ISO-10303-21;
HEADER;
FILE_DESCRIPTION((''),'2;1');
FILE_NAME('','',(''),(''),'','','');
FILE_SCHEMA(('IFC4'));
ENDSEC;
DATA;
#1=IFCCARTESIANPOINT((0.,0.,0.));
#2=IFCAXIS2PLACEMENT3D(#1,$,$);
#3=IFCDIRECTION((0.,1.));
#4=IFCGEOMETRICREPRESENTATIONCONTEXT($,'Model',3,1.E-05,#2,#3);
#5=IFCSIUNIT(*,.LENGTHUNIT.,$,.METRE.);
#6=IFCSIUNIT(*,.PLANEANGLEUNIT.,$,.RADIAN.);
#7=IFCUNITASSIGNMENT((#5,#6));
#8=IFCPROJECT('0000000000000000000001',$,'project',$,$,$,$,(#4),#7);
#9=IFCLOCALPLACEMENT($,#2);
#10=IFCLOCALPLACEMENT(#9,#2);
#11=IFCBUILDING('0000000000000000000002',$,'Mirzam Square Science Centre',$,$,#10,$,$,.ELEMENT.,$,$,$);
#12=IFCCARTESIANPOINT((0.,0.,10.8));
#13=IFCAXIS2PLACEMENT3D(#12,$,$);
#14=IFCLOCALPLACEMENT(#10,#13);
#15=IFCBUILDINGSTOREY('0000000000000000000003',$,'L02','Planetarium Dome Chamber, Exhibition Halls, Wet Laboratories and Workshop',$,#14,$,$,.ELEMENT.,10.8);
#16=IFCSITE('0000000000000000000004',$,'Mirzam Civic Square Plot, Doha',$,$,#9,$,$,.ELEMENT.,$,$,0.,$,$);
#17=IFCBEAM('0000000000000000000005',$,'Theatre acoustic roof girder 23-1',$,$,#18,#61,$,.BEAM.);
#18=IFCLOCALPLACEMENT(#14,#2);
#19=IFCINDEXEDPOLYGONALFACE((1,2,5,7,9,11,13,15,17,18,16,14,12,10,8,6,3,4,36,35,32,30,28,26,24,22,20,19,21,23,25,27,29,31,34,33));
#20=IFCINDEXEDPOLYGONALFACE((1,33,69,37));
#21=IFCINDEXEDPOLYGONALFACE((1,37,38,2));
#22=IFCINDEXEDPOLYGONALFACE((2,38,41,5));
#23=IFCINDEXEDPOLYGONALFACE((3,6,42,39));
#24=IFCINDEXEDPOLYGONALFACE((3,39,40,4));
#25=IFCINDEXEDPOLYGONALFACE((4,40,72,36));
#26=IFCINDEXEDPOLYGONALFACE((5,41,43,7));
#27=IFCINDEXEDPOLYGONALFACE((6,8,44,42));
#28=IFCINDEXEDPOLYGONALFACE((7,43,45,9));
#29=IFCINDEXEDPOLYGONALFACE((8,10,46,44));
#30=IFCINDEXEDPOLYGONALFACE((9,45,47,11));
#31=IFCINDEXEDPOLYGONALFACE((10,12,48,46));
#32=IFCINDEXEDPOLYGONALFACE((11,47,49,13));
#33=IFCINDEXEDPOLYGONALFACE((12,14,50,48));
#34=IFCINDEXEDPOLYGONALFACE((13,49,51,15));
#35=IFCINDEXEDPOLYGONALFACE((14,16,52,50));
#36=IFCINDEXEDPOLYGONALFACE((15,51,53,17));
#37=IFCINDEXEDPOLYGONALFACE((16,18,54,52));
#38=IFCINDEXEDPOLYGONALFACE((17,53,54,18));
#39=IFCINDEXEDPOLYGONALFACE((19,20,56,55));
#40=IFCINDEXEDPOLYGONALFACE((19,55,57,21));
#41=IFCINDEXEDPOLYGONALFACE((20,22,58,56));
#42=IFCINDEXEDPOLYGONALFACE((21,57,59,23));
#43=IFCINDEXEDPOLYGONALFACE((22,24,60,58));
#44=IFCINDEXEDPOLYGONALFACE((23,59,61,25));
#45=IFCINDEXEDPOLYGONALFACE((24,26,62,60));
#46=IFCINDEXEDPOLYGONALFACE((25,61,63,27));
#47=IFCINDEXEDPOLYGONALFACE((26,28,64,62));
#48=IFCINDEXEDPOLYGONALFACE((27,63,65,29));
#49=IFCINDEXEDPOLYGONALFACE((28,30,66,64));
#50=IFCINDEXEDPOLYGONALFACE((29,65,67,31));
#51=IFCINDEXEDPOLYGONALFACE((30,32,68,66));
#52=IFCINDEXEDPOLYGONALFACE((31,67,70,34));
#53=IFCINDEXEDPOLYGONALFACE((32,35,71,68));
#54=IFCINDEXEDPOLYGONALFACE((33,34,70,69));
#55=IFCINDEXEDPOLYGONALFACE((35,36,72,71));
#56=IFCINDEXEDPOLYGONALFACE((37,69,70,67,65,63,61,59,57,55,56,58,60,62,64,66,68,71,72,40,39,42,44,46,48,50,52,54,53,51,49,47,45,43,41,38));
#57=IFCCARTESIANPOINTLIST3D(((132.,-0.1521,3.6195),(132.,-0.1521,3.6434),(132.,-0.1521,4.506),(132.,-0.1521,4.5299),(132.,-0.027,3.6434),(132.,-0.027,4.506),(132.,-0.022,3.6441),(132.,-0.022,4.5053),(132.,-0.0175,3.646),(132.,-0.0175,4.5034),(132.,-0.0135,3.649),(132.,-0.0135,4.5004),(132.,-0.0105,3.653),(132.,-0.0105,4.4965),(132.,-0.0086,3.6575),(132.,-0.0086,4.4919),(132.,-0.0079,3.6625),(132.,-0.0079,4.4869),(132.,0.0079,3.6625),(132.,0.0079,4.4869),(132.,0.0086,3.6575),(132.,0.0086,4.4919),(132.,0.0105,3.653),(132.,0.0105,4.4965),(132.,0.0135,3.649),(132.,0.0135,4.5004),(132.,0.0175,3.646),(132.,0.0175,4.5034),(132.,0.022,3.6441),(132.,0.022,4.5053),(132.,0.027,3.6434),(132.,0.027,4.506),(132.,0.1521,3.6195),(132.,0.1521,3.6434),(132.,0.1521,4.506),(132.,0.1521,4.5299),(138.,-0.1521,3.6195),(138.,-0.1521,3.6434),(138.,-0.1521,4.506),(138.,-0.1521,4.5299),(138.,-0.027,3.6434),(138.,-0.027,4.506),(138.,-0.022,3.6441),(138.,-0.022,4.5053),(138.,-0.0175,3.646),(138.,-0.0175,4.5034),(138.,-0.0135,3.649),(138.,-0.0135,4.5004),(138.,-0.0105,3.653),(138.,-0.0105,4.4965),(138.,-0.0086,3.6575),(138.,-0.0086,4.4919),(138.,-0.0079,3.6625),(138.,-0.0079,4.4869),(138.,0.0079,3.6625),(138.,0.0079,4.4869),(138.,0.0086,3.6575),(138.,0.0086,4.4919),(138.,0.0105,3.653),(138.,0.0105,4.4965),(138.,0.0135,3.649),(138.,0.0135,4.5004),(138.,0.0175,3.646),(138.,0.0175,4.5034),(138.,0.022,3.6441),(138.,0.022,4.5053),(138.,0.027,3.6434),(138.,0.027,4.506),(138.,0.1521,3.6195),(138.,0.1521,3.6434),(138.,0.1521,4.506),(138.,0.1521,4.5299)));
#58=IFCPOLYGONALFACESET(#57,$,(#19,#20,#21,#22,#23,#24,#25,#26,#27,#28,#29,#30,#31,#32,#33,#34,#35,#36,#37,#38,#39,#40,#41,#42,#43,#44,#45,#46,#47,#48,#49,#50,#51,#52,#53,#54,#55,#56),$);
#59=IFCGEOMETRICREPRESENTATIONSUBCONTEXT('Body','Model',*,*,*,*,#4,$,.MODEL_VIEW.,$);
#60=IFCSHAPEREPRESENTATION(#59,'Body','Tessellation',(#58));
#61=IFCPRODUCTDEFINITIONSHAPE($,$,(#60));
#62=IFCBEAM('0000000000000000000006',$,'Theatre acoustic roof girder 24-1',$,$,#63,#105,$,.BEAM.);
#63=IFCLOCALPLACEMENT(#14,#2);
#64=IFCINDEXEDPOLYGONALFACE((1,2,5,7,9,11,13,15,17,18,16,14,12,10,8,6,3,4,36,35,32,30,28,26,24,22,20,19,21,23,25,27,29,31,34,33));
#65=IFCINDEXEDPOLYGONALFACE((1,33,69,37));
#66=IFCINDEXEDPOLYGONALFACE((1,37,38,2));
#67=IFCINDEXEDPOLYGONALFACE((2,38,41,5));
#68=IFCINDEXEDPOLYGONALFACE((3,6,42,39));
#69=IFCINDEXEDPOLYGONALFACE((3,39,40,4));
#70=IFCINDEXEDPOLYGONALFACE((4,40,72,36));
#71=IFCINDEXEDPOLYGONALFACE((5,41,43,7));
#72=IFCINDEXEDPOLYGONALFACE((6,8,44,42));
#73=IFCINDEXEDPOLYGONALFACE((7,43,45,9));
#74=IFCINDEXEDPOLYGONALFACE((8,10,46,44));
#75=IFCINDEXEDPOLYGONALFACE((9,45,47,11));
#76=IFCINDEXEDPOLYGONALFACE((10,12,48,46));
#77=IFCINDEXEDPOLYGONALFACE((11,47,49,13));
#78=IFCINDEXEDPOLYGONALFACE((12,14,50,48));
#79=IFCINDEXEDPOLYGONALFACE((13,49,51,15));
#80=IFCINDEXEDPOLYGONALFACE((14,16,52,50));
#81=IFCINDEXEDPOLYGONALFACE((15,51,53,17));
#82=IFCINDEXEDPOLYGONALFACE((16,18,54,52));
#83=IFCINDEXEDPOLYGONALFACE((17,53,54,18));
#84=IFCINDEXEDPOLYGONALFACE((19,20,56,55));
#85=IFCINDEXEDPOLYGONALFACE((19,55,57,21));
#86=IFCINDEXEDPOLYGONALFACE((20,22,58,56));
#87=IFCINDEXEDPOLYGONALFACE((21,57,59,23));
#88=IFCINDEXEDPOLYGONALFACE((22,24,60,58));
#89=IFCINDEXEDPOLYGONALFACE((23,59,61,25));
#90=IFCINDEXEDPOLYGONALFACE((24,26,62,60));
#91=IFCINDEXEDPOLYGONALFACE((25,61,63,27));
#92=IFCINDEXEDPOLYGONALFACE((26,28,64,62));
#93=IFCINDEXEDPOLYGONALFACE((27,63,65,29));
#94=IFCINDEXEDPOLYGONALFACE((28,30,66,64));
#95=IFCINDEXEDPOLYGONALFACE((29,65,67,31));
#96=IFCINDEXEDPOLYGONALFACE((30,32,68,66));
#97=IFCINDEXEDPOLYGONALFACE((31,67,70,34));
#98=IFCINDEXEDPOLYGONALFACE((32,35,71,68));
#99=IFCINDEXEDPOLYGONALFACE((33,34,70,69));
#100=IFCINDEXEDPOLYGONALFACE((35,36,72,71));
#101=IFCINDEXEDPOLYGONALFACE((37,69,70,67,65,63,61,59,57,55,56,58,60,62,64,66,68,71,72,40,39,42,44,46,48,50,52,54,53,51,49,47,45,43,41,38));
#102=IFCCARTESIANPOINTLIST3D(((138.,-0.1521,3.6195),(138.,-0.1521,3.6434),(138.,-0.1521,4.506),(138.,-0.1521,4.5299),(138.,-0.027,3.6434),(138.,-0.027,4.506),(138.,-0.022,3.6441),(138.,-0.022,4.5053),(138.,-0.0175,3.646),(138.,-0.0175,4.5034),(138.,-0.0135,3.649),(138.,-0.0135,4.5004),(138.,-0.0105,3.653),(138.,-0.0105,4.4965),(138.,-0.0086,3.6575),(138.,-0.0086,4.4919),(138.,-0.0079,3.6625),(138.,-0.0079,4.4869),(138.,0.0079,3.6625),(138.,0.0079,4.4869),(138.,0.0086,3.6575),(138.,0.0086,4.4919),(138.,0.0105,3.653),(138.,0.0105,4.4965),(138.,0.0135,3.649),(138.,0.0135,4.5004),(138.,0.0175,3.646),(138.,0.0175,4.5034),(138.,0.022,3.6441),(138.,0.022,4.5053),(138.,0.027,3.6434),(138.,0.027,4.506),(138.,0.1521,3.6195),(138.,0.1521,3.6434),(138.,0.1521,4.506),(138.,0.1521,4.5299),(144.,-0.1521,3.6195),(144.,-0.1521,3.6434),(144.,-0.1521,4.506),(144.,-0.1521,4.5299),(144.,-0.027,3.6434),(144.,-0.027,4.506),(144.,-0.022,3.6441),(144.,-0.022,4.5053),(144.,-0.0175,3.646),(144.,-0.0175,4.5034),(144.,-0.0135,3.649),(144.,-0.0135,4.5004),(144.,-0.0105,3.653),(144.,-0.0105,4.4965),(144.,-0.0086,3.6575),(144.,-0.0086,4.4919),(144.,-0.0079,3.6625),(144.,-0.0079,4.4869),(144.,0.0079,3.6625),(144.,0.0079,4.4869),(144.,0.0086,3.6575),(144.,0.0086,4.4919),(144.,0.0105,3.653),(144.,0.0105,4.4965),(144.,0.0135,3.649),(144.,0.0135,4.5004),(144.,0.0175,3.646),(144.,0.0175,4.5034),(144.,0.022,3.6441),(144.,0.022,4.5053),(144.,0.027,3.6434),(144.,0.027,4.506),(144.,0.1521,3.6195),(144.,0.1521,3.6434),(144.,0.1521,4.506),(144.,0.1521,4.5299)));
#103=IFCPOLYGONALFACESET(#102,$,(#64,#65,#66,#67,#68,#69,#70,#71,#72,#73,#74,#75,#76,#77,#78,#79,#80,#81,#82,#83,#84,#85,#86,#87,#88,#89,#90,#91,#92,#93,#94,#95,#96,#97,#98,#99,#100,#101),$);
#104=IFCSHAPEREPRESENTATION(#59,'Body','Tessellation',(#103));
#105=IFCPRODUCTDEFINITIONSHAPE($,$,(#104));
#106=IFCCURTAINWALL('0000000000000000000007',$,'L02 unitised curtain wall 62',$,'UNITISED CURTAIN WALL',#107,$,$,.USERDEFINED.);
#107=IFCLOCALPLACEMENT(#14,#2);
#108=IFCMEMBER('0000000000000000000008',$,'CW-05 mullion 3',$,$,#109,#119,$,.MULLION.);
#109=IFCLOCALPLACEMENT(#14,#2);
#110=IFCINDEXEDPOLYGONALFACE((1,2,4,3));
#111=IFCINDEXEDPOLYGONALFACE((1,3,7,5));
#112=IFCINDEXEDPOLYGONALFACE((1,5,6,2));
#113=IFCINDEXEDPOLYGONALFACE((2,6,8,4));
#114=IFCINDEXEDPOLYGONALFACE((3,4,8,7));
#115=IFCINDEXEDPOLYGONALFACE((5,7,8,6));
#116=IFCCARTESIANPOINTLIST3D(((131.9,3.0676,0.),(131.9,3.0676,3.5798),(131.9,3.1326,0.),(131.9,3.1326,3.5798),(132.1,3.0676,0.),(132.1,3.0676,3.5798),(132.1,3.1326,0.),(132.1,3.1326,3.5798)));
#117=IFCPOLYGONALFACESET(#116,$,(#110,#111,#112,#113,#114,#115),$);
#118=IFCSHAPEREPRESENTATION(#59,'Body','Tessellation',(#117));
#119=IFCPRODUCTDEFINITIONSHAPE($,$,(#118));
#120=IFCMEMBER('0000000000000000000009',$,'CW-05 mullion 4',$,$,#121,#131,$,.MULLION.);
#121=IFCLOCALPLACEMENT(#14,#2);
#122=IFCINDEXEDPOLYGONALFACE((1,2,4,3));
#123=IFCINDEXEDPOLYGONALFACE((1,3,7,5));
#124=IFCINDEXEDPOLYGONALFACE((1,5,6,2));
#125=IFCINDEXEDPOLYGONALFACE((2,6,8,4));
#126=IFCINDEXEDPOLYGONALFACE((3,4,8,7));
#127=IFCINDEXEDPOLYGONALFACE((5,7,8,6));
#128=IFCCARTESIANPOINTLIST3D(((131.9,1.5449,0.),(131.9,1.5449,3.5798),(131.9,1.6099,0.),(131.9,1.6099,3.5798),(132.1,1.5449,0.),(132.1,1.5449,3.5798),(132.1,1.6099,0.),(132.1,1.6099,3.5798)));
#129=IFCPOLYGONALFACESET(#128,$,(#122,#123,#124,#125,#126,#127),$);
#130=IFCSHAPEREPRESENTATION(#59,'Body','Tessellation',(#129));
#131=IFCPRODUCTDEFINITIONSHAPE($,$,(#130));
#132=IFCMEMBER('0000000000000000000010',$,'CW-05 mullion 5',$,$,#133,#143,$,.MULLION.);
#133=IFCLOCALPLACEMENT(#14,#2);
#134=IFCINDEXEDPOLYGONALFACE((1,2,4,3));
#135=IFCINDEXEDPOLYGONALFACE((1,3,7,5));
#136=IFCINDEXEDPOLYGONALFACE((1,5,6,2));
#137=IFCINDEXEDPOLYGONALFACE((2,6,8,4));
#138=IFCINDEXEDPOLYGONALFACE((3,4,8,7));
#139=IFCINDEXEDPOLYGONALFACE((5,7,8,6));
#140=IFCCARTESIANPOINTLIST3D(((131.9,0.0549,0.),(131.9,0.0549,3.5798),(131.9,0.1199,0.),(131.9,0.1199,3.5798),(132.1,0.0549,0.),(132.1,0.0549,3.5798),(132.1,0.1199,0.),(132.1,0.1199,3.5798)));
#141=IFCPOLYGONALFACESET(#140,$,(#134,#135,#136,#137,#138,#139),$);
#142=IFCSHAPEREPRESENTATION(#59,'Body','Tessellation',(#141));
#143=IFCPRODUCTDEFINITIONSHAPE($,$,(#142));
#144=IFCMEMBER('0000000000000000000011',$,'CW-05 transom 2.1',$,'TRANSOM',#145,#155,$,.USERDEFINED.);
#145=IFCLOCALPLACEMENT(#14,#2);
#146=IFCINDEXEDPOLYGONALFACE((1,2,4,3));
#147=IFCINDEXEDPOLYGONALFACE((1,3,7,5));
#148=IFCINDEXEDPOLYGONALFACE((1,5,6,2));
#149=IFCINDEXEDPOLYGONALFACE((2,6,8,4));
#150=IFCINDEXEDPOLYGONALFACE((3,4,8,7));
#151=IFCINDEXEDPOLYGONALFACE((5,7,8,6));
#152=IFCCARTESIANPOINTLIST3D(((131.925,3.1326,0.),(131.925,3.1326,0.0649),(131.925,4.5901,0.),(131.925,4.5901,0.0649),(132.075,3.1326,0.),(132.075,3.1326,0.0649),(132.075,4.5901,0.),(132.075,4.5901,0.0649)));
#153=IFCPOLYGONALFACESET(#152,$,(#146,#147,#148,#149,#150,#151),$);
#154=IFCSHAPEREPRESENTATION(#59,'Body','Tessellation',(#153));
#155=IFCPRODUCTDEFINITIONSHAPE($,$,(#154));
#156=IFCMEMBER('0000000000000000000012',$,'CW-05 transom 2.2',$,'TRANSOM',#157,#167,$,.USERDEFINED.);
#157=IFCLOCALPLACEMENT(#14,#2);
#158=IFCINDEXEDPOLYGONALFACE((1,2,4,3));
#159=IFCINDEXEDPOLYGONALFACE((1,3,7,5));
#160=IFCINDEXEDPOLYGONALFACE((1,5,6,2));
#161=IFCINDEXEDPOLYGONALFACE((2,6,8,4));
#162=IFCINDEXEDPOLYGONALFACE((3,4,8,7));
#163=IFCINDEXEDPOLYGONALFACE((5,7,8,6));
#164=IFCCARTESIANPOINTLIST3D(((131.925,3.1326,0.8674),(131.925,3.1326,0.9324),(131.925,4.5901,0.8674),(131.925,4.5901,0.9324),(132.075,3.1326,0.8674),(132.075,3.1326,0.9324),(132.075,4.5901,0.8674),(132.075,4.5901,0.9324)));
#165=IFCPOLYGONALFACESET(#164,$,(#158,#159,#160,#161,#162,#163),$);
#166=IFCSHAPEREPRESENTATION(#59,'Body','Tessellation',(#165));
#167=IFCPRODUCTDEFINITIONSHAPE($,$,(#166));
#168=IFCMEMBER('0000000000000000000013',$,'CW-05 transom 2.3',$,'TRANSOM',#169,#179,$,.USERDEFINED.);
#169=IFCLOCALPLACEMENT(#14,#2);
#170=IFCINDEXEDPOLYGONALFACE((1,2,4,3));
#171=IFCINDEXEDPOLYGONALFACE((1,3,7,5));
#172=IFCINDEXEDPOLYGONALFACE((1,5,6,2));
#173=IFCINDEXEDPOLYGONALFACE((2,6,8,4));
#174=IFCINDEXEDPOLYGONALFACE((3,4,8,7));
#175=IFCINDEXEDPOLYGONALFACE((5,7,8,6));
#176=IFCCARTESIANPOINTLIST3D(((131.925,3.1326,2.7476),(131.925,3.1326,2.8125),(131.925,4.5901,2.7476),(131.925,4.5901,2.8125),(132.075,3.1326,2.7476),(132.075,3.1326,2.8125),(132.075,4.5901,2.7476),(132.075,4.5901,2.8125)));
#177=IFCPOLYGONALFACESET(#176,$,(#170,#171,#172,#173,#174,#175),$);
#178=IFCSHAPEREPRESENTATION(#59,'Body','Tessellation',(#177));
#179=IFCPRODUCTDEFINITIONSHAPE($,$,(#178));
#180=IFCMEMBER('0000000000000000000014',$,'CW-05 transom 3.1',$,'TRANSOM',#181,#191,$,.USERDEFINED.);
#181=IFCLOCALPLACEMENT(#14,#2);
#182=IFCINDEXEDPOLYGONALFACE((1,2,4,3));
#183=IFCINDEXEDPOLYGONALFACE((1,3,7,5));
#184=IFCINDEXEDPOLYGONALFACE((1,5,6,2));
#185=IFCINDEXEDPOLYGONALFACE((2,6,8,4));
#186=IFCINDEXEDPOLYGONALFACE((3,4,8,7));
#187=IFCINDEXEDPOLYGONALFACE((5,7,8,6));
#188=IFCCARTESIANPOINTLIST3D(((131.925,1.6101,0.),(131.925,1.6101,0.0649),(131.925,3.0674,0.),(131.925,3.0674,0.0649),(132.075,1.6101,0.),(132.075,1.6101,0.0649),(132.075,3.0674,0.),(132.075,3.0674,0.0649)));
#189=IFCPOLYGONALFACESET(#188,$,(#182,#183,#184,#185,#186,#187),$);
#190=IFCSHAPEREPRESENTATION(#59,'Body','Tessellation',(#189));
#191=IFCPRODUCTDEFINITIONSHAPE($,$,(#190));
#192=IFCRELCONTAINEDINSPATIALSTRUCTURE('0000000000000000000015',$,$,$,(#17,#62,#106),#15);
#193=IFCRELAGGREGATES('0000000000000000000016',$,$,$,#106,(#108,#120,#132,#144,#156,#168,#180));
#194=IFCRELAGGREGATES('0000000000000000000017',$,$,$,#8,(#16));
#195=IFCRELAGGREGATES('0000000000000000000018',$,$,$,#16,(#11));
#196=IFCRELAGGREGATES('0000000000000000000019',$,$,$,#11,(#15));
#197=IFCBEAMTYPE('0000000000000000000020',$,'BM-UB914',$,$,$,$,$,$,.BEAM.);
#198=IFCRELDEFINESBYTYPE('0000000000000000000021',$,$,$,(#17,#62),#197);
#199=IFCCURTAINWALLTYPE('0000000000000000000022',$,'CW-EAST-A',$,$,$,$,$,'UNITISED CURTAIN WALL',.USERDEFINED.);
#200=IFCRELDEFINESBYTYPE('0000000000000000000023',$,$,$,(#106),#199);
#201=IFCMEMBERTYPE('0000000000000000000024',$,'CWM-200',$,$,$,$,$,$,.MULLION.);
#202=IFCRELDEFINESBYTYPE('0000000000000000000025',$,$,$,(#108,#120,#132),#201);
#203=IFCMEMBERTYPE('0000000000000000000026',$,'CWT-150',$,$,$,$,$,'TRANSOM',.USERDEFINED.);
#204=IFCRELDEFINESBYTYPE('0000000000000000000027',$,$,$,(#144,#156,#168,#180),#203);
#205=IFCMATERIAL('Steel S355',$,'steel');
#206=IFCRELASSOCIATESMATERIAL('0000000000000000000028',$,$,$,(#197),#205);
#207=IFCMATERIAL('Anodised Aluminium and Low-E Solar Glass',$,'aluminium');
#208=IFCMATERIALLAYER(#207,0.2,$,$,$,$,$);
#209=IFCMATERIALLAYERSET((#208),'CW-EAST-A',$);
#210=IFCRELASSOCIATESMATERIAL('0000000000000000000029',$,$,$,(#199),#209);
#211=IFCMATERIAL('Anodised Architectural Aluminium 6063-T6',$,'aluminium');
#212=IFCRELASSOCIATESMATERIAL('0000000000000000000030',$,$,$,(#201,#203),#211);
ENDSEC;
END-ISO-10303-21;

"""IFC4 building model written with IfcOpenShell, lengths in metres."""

from ifc_helpers import new_model, si_unit, direction, frame, origin, origin_2d, place, context, subcontext, project, spatial, rectangle, i_section, extrude, material, layer, layer_set, material_profile, profile_set, type_object, element, aggregate, save


model = new_model("IFC4")

# Units and contexts
model_context = context("Model", 3, precision=1e-05, world=origin(), true_north=direction((0.0, 1.0)))
body_context = subcontext(model_context, "Body", "Model", "MODEL_VIEW")
ifc_project = project(units=[si_unit("LENGTHUNIT", "METRE"), si_unit("PLANEANGLEUNIT", "RADIAN")], contexts=[model_context])

# Site, building, storey
site_placement = place(None, origin())
site = spatial("IfcSite", under=ifc_project, at=site_placement, Name="Mirzam Civic Square Plot, Doha", CompositionType="ELEMENT", RefElevation=0.0)
building_placement = place(site_placement, origin())
building = spatial("IfcBuilding", under=site, at=building_placement, Name="Mirzam Square Science Centre", CompositionType="ELEMENT")
storey_placement = place(building_placement, frame((0.0, 0.0, 10.8)))
storey = spatial("IfcBuildingStorey", under=building, at=storey_placement, Name="L02", Description="Planetarium Dome Chamber, Exhibition Halls, Wet Laboratories and Workshop", CompositionType="ELEMENT", Elevation=10.8)

# Shared definitions
ifc_material_1 = material(Name="Steel S355", Category="steel")

# Beams
ifc_material_profile_1 = material_profile(ifc_material_1, i_section(OverallWidth=0.3042, OverallDepth=0.9104, WebThickness=0.0159, FlangeThickness=0.0239, FilletRadius=0.019, at=origin_2d()), Name="914x305x224UB")
ifc_profile_set_1 = profile_set([ifc_material_profile_1], Name="Steel S355")
beam_type_1 = type_object("IfcBeamType", Name="BM-UB914", PredefinedType="BEAM", material=ifc_profile_set_1)
for number, where, z_axis, x_axis, name in (
    (1, (132.0, 0.0, 4.0747), (1.0, 0.0, 0.0), (0.0, 1.0, 0.0), "Theatre acoustic roof girder 23-1"),
    (2, (138.0, 0.0, 4.0747), (1.0, 0.0, 0.0), (0.0, 1.0, 0.0), "Theatre acoustic roof girder 24-1"),
):
    element("IfcBeam", number, at=place(storey_placement, frame(where, z_axis=z_axis, x_axis=x_axis)), inside=storey, type_object=beam_type_1, Name=name, PredefinedType="BEAM", context=body_context, shape_type="SweptSolid", body=[
        extrude(i_section(OverallWidth=0.3042, OverallDepth=0.9104, WebThickness=0.0159, FlangeThickness=0.0239, FilletRadius=0.019, at=origin_2d()), origin(), (0.0, 0.0, 1.0), 6.0),
    ])

# Curtain wall, members
ifc_material_2 = material(Name="Anodised Aluminium and Low-E Solar Glass", Category="aluminium")
ifc_layer_1 = layer(ifc_material_2, 0.2)
ifc_layer_set_1 = layer_set([ifc_layer_1], Name="CW-EAST-A")
curtain_wall_type = type_object("IfcCurtainWallType", Name="CW-EAST-A", ElementType="UNITISED CURTAIN WALL", PredefinedType="USERDEFINED", material=ifc_layer_set_1)
curtain_wall_placement = place(storey_placement, origin())
curtain_wall = element("IfcCurtainWall", 3, at=curtain_wall_placement, inside=storey, type_object=curtain_wall_type, Name="L02 unitised curtain wall 62", ObjectType="UNITISED CURTAIN WALL", PredefinedType="USERDEFINED")
ifc_material_3 = material(Name="Anodised Architectural Aluminium 6063-T6", Category="aluminium")
ifc_material_profile_2 = material_profile(ifc_material_3, rectangle(XDim=0.0649, YDim=0.2, at=origin_2d()), Name="ALU-MULL-200x65x5")
ifc_profile_set_2 = profile_set([ifc_material_profile_2], Name="Anodised Architectural Aluminium 6063-T6")
member_type_1 = type_object("IfcMemberType", Name="CWM-200", PredefinedType="MULLION", material=ifc_profile_set_2)
member_1_placement = place(storey_placement, frame((132.0, 3.1001, 0.0), z_axis=(0.0, 0.0, 1.0), x_axis=(0.0, -1.0, 0.0)))
member_1 = element("IfcMember", 4, at=member_1_placement, type_object=member_type_1, Name="CW-05 mullion 3", PredefinedType="MULLION", context=body_context, shape_type="SweptSolid", body=[
    extrude(rectangle(XDim=0.0649, YDim=0.2, at=origin_2d()), origin(), (0.0, 0.0, 1.0), 3.5798),
])
member_2_placement = place(storey_placement, frame((132.0, 1.5774, 0.0), z_axis=(0.0, 0.0, 1.0), x_axis=(0.0, -1.0, 0.0)))
member_2 = element("IfcMember", 5, at=member_2_placement, type_object=member_type_1, Name="CW-05 mullion 4", PredefinedType="MULLION", context=body_context, shape_type="SweptSolid", body=[
    extrude(rectangle(XDim=0.0649, YDim=0.2, at=origin_2d()), origin(), (0.0, 0.0, 1.0), 3.5798),
])
member_3_placement = place(storey_placement, frame((132.0, 0.0874, 0.0), z_axis=(0.0, 0.0, 1.0), x_axis=(0.0, -1.0, 0.0)))
member_3 = element("IfcMember", 6, at=member_3_placement, type_object=member_type_1, Name="CW-05 mullion 5", PredefinedType="MULLION", context=body_context, shape_type="SweptSolid", body=[
    extrude(rectangle(XDim=0.0649, YDim=0.2, at=origin_2d()), origin(), (0.0, 0.0, 1.0), 3.5798),
])
ifc_material_profile_3 = material_profile(ifc_material_3, rectangle(XDim=0.1499, YDim=0.0649, at=origin_2d()), Name="ALU-TRAN-150x65x4")
ifc_profile_set_3 = profile_set([ifc_material_profile_3], Name="Anodised Architectural Aluminium 6063-T6")
member_type_2 = type_object("IfcMemberType", Name="CWT-150", ElementType="TRANSOM", PredefinedType="USERDEFINED", material=ifc_profile_set_3)
member_4_placement = place(storey_placement, frame((132.0, 4.5901, 0.0325), z_axis=(0.0, -1.0, 0.0), x_axis=(1.0, 0.0, 0.0)))
member_4 = element("IfcMember", 7, at=member_4_placement, type_object=member_type_2, Name="CW-05 transom 2.1", ObjectType="TRANSOM", PredefinedType="USERDEFINED", context=body_context, shape_type="SweptSolid", body=[
    extrude(rectangle(XDim=0.1499, YDim=0.0649, at=origin_2d()), origin(), (0.0, 0.0, 1.0), 1.4575),
])
member_5_placement = place(storey_placement, frame((132.0, 4.5901, 0.8999), z_axis=(0.0, -1.0, 0.0), x_axis=(1.0, 0.0, 0.0)))
member_5 = element("IfcMember", 8, at=member_5_placement, type_object=member_type_2, Name="CW-05 transom 2.2", ObjectType="TRANSOM", PredefinedType="USERDEFINED", context=body_context, shape_type="SweptSolid", body=[
    extrude(rectangle(XDim=0.1499, YDim=0.0649, at=origin_2d()), origin(), (0.0, 0.0, 1.0), 1.4575),
])
member_6_placement = place(storey_placement, frame((132.0, 4.5901, 2.78), z_axis=(0.0, -1.0, 0.0), x_axis=(1.0, 0.0, 0.0)))
member_6 = element("IfcMember", 9, at=member_6_placement, type_object=member_type_2, Name="CW-05 transom 2.3", ObjectType="TRANSOM", PredefinedType="USERDEFINED", context=body_context, shape_type="SweptSolid", body=[
    extrude(rectangle(XDim=0.1499, YDim=0.0649, at=origin_2d()), origin(), (0.0, 0.0, 1.0), 1.4575),
])
member_7_placement = place(storey_placement, frame((132.0, 3.0674, 0.0325), z_axis=(0.0, -1.0, 0.0), x_axis=(1.0, 0.0, 0.0)))
member_7 = element("IfcMember", 10, at=member_7_placement, type_object=member_type_2, Name="CW-05 transom 3.1", ObjectType="TRANSOM", PredefinedType="USERDEFINED", context=body_context, shape_type="SweptSolid", body=[
    extrude(rectangle(XDim=0.1499, YDim=0.0649, at=origin_2d()), origin(), (0.0, 0.0, 1.0), 1.4573),
])

aggregate(curtain_wall, [member_1, member_2, member_3, member_4, member_5, member_6, member_7])

save(model, "model.ifc")
